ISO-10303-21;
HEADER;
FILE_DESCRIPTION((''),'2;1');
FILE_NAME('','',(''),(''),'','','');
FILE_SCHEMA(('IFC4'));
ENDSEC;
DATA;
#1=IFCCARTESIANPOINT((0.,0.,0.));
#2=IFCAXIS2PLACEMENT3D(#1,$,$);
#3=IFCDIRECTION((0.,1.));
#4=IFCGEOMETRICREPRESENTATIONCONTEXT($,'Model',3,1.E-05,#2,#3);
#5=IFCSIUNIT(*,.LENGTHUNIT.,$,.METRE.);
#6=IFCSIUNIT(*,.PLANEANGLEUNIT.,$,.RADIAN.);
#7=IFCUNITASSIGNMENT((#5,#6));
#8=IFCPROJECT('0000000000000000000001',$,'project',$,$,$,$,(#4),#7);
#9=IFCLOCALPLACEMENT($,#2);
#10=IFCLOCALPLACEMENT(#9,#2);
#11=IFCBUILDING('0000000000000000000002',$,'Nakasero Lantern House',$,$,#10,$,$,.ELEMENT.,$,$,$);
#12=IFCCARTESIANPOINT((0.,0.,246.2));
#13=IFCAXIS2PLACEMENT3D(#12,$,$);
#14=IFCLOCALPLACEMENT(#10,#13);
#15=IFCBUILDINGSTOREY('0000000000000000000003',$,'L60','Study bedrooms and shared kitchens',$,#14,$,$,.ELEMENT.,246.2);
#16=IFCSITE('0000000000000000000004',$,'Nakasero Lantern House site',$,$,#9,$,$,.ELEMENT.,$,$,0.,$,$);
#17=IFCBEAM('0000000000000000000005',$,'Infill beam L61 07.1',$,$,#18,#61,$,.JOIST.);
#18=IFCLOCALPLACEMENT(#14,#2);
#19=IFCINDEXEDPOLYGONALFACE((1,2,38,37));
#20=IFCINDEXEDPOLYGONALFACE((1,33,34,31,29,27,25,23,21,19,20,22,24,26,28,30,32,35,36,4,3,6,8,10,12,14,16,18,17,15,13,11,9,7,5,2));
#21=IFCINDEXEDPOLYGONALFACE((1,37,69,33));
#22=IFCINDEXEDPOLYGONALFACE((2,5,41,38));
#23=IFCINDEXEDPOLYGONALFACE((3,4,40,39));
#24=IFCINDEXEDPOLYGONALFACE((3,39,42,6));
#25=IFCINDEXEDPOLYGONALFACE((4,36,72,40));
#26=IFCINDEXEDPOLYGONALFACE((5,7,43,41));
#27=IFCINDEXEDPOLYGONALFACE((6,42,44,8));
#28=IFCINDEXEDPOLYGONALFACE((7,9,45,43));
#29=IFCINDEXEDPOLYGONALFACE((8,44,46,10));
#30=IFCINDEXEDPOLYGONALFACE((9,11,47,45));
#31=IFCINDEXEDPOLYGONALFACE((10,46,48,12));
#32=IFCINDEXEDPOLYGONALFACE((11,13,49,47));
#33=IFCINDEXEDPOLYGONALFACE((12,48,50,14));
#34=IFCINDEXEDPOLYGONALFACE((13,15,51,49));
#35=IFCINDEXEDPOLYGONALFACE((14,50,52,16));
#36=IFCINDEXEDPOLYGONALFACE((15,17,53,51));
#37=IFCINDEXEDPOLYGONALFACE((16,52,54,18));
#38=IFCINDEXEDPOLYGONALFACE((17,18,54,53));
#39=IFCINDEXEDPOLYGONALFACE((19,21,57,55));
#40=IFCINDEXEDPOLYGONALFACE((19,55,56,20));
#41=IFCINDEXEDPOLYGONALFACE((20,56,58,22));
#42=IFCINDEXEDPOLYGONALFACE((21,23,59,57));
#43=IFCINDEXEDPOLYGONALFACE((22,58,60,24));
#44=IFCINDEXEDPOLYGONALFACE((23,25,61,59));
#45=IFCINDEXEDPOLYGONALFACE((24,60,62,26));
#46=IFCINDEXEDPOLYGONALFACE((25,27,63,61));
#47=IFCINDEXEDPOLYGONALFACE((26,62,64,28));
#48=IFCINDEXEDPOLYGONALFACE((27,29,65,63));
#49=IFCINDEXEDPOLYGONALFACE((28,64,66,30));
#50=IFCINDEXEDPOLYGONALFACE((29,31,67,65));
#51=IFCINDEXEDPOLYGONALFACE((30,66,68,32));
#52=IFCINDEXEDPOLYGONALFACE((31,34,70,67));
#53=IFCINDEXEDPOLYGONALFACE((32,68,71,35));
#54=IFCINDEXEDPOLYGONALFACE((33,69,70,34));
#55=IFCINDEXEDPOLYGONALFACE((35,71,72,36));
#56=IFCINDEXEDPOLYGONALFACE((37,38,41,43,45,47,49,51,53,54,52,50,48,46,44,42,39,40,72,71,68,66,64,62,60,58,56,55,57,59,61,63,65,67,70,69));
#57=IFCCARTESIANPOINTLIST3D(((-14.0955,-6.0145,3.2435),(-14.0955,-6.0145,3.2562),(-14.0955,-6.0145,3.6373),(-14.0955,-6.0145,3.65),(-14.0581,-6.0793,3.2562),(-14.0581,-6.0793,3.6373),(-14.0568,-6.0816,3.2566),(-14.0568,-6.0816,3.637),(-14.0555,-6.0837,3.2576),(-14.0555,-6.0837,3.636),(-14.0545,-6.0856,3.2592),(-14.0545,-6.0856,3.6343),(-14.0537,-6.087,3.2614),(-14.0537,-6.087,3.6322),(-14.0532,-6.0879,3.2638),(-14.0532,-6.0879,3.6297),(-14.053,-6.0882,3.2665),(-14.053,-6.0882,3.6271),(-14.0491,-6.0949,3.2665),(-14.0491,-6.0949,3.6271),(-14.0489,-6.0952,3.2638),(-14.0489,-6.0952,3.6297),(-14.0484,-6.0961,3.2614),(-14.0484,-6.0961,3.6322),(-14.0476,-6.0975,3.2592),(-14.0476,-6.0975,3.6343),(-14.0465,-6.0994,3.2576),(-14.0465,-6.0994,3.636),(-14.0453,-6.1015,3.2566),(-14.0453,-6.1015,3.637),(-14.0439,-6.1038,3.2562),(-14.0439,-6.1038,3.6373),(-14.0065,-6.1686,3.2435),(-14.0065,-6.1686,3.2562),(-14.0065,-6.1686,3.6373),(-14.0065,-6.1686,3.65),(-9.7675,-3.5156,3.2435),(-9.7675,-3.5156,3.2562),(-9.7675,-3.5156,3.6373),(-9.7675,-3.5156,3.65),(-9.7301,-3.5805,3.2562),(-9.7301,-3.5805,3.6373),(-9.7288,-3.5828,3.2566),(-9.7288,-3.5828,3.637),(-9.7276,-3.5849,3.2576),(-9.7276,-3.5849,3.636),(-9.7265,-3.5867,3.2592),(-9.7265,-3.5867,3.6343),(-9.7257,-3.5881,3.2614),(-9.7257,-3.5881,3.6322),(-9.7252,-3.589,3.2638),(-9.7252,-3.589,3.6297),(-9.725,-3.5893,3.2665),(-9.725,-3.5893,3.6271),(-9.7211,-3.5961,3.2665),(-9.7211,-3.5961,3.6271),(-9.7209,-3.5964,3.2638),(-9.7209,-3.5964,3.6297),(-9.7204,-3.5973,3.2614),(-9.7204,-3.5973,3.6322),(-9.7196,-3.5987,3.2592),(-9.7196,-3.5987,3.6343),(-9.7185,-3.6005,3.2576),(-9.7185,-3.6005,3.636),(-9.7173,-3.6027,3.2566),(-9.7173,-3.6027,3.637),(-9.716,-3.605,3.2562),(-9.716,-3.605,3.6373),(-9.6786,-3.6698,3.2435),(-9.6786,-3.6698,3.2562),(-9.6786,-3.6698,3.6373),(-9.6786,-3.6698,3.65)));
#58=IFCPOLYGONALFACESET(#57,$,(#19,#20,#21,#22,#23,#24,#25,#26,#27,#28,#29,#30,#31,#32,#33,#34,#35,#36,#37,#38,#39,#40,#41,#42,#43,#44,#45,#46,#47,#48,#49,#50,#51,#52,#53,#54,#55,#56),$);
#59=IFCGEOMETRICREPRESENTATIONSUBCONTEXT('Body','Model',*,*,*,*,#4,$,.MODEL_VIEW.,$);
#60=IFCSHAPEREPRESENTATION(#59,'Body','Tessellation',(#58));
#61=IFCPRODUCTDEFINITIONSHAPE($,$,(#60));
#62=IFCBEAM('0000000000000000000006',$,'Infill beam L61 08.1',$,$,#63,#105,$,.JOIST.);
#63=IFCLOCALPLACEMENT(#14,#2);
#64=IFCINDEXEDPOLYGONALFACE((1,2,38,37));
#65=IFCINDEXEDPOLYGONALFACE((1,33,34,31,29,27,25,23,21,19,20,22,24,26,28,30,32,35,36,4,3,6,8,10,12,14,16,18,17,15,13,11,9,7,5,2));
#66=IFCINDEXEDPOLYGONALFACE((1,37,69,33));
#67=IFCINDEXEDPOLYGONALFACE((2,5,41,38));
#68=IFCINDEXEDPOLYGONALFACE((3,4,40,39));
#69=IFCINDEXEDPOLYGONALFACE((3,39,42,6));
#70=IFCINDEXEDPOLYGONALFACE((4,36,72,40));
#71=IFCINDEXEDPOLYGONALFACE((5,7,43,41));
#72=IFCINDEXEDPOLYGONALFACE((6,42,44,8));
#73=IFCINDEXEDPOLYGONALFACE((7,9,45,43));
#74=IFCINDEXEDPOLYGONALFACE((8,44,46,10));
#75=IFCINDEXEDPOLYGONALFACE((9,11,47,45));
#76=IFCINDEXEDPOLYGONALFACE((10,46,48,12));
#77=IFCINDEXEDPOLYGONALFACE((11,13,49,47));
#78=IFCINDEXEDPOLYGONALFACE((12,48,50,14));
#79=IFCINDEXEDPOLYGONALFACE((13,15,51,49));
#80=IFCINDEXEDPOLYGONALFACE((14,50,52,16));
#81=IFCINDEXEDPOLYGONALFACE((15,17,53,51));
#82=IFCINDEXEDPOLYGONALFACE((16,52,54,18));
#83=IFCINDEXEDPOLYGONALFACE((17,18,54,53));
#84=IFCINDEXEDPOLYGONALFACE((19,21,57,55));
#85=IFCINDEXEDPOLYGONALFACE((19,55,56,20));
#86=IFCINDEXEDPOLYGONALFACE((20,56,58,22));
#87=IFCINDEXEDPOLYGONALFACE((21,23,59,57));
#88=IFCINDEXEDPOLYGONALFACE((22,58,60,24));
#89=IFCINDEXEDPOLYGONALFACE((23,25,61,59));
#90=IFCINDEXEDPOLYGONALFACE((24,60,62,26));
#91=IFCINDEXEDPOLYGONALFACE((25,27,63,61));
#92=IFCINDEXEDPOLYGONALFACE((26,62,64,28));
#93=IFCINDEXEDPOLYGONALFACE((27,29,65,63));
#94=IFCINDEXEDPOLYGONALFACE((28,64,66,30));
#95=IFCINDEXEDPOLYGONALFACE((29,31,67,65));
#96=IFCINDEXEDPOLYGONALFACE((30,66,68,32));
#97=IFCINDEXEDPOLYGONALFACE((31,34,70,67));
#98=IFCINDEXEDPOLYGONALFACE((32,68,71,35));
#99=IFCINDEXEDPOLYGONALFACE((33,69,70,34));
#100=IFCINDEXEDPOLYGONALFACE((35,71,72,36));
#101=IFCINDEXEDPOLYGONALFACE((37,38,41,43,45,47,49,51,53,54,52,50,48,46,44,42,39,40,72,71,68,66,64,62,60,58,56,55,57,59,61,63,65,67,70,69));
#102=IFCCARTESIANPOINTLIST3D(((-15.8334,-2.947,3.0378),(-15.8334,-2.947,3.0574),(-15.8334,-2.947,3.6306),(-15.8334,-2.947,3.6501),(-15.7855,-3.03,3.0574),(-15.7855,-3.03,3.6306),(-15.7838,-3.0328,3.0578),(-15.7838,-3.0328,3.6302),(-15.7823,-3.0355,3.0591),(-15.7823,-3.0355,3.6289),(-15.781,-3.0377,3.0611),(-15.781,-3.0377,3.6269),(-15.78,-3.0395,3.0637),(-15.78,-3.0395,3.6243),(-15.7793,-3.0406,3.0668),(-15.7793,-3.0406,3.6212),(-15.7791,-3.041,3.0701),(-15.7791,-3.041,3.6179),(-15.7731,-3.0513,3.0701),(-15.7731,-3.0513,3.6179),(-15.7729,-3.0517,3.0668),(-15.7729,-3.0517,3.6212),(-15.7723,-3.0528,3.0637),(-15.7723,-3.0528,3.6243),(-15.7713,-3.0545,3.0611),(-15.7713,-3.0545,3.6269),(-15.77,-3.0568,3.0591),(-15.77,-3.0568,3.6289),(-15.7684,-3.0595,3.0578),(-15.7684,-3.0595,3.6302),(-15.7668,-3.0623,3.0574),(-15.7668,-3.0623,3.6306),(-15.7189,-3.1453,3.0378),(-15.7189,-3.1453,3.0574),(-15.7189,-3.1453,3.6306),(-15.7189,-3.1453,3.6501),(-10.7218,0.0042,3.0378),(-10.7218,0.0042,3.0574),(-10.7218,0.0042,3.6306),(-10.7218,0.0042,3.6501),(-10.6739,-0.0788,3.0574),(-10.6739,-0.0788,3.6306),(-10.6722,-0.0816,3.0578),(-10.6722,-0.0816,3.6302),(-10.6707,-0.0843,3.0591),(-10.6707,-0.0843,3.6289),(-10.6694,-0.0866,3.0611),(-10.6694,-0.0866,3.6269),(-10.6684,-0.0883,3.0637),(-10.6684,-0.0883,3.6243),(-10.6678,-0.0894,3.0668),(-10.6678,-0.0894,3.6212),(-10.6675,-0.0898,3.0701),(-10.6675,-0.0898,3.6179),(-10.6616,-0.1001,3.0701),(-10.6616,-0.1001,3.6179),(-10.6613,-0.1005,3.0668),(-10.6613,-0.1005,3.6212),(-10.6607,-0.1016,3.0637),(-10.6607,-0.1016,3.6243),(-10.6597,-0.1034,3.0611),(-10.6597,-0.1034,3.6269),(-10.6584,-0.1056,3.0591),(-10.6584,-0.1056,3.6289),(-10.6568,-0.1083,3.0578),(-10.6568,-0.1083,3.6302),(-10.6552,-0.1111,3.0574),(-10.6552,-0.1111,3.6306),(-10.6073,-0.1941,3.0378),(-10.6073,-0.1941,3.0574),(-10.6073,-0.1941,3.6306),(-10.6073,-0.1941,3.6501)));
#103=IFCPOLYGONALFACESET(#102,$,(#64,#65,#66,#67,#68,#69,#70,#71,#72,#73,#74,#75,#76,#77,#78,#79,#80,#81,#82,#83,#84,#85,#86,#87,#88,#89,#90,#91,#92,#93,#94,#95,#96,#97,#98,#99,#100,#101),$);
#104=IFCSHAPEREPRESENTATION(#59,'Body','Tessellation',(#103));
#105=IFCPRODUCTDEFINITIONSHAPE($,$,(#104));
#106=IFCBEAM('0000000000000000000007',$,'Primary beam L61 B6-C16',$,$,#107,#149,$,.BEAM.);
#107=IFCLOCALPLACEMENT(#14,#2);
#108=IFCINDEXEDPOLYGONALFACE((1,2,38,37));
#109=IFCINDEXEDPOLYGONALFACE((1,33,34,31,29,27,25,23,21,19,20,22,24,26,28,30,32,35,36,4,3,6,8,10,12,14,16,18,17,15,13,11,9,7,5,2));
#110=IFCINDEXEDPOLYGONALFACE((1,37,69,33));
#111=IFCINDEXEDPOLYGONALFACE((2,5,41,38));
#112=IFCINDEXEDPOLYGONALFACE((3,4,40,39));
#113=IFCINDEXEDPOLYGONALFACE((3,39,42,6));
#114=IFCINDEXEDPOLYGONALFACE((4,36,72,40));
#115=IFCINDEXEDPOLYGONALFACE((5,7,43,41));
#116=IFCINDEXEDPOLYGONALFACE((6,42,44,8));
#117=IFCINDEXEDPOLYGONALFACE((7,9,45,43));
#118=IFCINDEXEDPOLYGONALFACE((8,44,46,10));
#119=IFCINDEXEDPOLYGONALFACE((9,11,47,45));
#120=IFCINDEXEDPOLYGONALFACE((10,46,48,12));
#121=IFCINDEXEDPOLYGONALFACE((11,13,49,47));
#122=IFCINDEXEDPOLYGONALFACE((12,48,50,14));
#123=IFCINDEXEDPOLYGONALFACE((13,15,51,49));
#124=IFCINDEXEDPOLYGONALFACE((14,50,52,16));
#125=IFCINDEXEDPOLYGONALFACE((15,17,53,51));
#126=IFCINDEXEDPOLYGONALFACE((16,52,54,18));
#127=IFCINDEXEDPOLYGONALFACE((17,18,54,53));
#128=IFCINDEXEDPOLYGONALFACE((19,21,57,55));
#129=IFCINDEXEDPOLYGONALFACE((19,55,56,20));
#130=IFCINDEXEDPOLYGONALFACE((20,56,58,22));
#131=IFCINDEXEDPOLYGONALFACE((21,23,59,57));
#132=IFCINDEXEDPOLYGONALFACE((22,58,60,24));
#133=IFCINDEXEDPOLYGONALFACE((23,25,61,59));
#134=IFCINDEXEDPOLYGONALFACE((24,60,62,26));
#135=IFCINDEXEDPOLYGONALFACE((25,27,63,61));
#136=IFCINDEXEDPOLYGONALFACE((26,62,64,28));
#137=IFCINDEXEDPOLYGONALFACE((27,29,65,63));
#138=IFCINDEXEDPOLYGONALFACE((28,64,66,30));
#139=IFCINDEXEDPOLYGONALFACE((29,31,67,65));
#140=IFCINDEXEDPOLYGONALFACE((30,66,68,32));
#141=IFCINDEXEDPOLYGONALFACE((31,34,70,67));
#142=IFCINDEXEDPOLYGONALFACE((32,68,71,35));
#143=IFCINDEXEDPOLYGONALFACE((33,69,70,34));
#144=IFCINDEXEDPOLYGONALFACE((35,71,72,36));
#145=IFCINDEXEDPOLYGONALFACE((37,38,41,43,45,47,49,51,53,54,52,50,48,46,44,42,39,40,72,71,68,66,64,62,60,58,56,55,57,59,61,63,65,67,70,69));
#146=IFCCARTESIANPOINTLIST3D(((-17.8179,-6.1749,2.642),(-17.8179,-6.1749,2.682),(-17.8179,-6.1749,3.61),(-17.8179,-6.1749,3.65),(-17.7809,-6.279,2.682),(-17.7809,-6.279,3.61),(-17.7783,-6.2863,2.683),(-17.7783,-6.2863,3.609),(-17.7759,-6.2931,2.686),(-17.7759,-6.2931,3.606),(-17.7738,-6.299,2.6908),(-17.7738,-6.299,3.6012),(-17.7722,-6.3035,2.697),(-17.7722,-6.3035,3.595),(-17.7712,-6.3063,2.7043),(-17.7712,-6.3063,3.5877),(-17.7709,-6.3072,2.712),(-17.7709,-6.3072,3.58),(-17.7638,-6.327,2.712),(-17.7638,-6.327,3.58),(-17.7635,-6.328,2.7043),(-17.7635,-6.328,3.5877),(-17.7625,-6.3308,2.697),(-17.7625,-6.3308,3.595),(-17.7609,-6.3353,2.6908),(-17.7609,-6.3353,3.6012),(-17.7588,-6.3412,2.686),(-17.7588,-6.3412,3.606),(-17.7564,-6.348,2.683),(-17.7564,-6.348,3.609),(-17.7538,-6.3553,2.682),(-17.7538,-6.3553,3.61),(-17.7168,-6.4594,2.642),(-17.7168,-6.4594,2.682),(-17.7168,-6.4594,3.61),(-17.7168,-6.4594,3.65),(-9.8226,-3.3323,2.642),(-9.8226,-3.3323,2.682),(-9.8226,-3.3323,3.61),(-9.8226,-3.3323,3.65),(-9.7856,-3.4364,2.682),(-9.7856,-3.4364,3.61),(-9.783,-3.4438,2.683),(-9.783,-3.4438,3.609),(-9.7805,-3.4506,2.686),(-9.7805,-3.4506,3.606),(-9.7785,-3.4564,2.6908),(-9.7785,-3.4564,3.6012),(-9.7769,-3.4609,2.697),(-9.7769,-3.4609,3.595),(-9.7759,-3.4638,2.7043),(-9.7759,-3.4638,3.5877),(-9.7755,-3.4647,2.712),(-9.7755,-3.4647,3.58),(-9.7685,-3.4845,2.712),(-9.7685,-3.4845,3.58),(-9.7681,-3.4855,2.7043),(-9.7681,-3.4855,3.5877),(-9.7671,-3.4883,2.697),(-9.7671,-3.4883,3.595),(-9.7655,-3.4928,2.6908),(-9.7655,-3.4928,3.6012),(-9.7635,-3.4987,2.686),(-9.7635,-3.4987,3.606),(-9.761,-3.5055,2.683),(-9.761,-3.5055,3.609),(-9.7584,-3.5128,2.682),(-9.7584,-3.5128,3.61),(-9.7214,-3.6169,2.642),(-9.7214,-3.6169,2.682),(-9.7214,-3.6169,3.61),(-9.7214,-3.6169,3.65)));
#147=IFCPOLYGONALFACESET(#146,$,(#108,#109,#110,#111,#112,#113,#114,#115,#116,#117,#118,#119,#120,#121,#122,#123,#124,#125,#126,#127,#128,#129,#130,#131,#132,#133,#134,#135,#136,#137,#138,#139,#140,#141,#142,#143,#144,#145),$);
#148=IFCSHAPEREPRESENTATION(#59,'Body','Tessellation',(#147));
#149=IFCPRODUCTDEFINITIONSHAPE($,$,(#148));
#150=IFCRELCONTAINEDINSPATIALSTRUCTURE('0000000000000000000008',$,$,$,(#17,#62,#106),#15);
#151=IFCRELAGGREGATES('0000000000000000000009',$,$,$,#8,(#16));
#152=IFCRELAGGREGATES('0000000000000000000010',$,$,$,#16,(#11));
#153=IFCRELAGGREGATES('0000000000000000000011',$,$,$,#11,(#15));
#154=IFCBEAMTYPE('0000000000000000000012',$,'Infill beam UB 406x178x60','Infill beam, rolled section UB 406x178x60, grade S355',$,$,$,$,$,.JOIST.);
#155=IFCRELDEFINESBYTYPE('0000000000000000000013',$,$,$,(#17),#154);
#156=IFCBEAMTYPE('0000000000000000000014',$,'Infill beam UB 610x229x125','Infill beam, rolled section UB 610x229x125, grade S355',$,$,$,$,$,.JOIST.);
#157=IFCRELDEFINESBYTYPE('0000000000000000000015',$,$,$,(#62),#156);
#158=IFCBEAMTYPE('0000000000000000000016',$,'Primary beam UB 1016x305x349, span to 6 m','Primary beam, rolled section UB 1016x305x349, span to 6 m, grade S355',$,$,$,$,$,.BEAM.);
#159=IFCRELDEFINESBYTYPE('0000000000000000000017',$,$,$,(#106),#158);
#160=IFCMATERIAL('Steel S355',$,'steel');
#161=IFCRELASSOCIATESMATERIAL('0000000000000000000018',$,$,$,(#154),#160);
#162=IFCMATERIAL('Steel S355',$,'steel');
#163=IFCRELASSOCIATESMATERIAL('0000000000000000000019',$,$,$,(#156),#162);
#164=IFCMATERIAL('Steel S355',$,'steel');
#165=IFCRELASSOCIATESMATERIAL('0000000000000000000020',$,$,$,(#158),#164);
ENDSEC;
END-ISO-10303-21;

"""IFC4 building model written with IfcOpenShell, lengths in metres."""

from ifc_helpers import new_model, si_unit, direction, frame, origin, origin_2d, place, context, subcontext, project, spatial, i_section, extrude, material, material_profile, profile_set, type_object, element, save


model = new_model("IFC4")

# Units and contexts
model_context = context("Model", 3, precision=1e-05, world=origin(), true_north=direction((0.0, 1.0)))
body_context = subcontext(model_context, "Body", "Model", "MODEL_VIEW")
ifc_project = project(units=[si_unit("LENGTHUNIT", "METRE"), si_unit("PLANEANGLEUNIT", "RADIAN")], contexts=[model_context])

# Site, building, storey
site_placement = place(None, origin())
site = spatial("IfcSite", under=ifc_project, at=site_placement, Name="Nakasero Lantern House site", CompositionType="ELEMENT", RefElevation=0.0)
building_placement = place(site_placement, origin())
building = spatial("IfcBuilding", under=site, at=building_placement, Name="Nakasero Lantern House", CompositionType="ELEMENT")
storey_placement = place(building_placement, frame((0.0, 0.0, 246.2)))
storey = spatial("IfcBuildingStorey", under=building, at=storey_placement, Name="L60", Description="Study bedrooms and shared kitchens", CompositionType="ELEMENT", Elevation=246.2)

# Beams
ifc_material_1 = material(Name="Steel S355", Category="steel")
ifc_material_profile_1 = material_profile(ifc_material_1, i_section(OverallWidth=0.178, OverallDepth=0.4065, WebThickness=0.0078, FlangeThickness=0.0127, FilletRadius=0.0103, at=origin_2d()), Name="UB 406x178x60")
ifc_profile_set_1 = profile_set([ifc_material_profile_1], Name="Steel S355")
beam_type_1 = type_object("IfcBeamType", Name="Infill beam UB 406x178x60", Description="Infill beam, rolled section UB 406x178x60, grade S355", PredefinedType="JOIST", material=ifc_profile_set_1)
beam_1_placement = place(storey_placement, frame((-14.051, -6.0916, 3.4468), z_axis=(0.866019, 0.500011, 0.0), x_axis=(-0.500011, 0.866019, 0.0)))
element("IfcBeam", 1, at=beam_1_placement, inside=storey, type_object=beam_type_1, Name="Infill beam L61 07.1", PredefinedType="JOIST", context=body_context, shape_type="SweptSolid", body=[
    extrude(i_section(OverallWidth=0.178, OverallDepth=0.4065, WebThickness=0.0078, FlangeThickness=0.0127, FilletRadius=0.0103, at=origin_2d()), origin(), (0.0, 0.0, 1.0), 4.9976),
])
ifc_material_2 = material(Name="Steel S355", Category="steel")
ifc_material_profile_2 = material_profile(ifc_material_2, i_section(OverallWidth=0.229, OverallDepth=0.6123, WebThickness=0.012, FlangeThickness=0.0195, FilletRadius=0.0127, at=origin_2d()), Name="UB 610x229x125")
ifc_profile_set_2 = profile_set([ifc_material_profile_2], Name="Steel S355")
beam_type_2 = type_object("IfcBeamType", Name="Infill beam UB 610x229x125", Description="Infill beam, rolled section UB 610x229x125, grade S355", PredefinedType="JOIST", material=ifc_profile_set_2)
beam_2_placement = place(storey_placement, frame((-15.7761, -3.0461, 3.344), z_axis=(0.866025, 0.500001, 0.0), x_axis=(-0.500001, 0.866025, 0.0)))
element("IfcBeam", 2, at=beam_2_placement, inside=storey, type_object=beam_type_2, Name="Infill beam L61 08.1", PredefinedType="JOIST", context=body_context, shape_type="SweptSolid", body=[
    extrude(i_section(OverallWidth=0.229, OverallDepth=0.6123, WebThickness=0.012, FlangeThickness=0.0195, FilletRadius=0.0127, at=origin_2d()), origin(), (0.0, 0.0, 1.0), 5.9023),
])
ifc_material_3 = material(Name="Steel S355", Category="steel")
ifc_material_profile_3 = material_profile(ifc_material_3, i_section(OverallWidth=0.302, OverallDepth=1.0081, WebThickness=0.021, FlangeThickness=0.04, FilletRadius=0.03, at=origin_2d()), Name="UB 1016x305x349")
ifc_profile_set_3 = profile_set([ifc_material_profile_3], Name="Steel S355")
beam_type_3 = type_object("IfcBeamType", Name="Primary beam UB 1016x305x349, span to 6 m", Description="Primary beam, rolled section UB 1016x305x349, span to 6 m, grade S355", PredefinedType="BEAM", material=ifc_profile_set_3)
beam_3_placement = place(storey_placement, frame((-17.7673, -6.3171, 3.146), z_axis=(0.942225, 0.334982, 0.0), x_axis=(-0.334982, 0.942225, 0.0)))
element("IfcBeam", 3, at=beam_3_placement, inside=storey, type_object=beam_type_3, Name="Primary beam L61 B6-C16", PredefinedType="BEAM", context=body_context, shape_type="SweptSolid", body=[
    extrude(i_section(OverallWidth=0.302, OverallDepth=1.0081, WebThickness=0.021, FlangeThickness=0.04, FilletRadius=0.03, at=origin_2d()), origin(), (0.0, 0.0, 1.0), 8.4856),
])

save(model, "model.ifc")
